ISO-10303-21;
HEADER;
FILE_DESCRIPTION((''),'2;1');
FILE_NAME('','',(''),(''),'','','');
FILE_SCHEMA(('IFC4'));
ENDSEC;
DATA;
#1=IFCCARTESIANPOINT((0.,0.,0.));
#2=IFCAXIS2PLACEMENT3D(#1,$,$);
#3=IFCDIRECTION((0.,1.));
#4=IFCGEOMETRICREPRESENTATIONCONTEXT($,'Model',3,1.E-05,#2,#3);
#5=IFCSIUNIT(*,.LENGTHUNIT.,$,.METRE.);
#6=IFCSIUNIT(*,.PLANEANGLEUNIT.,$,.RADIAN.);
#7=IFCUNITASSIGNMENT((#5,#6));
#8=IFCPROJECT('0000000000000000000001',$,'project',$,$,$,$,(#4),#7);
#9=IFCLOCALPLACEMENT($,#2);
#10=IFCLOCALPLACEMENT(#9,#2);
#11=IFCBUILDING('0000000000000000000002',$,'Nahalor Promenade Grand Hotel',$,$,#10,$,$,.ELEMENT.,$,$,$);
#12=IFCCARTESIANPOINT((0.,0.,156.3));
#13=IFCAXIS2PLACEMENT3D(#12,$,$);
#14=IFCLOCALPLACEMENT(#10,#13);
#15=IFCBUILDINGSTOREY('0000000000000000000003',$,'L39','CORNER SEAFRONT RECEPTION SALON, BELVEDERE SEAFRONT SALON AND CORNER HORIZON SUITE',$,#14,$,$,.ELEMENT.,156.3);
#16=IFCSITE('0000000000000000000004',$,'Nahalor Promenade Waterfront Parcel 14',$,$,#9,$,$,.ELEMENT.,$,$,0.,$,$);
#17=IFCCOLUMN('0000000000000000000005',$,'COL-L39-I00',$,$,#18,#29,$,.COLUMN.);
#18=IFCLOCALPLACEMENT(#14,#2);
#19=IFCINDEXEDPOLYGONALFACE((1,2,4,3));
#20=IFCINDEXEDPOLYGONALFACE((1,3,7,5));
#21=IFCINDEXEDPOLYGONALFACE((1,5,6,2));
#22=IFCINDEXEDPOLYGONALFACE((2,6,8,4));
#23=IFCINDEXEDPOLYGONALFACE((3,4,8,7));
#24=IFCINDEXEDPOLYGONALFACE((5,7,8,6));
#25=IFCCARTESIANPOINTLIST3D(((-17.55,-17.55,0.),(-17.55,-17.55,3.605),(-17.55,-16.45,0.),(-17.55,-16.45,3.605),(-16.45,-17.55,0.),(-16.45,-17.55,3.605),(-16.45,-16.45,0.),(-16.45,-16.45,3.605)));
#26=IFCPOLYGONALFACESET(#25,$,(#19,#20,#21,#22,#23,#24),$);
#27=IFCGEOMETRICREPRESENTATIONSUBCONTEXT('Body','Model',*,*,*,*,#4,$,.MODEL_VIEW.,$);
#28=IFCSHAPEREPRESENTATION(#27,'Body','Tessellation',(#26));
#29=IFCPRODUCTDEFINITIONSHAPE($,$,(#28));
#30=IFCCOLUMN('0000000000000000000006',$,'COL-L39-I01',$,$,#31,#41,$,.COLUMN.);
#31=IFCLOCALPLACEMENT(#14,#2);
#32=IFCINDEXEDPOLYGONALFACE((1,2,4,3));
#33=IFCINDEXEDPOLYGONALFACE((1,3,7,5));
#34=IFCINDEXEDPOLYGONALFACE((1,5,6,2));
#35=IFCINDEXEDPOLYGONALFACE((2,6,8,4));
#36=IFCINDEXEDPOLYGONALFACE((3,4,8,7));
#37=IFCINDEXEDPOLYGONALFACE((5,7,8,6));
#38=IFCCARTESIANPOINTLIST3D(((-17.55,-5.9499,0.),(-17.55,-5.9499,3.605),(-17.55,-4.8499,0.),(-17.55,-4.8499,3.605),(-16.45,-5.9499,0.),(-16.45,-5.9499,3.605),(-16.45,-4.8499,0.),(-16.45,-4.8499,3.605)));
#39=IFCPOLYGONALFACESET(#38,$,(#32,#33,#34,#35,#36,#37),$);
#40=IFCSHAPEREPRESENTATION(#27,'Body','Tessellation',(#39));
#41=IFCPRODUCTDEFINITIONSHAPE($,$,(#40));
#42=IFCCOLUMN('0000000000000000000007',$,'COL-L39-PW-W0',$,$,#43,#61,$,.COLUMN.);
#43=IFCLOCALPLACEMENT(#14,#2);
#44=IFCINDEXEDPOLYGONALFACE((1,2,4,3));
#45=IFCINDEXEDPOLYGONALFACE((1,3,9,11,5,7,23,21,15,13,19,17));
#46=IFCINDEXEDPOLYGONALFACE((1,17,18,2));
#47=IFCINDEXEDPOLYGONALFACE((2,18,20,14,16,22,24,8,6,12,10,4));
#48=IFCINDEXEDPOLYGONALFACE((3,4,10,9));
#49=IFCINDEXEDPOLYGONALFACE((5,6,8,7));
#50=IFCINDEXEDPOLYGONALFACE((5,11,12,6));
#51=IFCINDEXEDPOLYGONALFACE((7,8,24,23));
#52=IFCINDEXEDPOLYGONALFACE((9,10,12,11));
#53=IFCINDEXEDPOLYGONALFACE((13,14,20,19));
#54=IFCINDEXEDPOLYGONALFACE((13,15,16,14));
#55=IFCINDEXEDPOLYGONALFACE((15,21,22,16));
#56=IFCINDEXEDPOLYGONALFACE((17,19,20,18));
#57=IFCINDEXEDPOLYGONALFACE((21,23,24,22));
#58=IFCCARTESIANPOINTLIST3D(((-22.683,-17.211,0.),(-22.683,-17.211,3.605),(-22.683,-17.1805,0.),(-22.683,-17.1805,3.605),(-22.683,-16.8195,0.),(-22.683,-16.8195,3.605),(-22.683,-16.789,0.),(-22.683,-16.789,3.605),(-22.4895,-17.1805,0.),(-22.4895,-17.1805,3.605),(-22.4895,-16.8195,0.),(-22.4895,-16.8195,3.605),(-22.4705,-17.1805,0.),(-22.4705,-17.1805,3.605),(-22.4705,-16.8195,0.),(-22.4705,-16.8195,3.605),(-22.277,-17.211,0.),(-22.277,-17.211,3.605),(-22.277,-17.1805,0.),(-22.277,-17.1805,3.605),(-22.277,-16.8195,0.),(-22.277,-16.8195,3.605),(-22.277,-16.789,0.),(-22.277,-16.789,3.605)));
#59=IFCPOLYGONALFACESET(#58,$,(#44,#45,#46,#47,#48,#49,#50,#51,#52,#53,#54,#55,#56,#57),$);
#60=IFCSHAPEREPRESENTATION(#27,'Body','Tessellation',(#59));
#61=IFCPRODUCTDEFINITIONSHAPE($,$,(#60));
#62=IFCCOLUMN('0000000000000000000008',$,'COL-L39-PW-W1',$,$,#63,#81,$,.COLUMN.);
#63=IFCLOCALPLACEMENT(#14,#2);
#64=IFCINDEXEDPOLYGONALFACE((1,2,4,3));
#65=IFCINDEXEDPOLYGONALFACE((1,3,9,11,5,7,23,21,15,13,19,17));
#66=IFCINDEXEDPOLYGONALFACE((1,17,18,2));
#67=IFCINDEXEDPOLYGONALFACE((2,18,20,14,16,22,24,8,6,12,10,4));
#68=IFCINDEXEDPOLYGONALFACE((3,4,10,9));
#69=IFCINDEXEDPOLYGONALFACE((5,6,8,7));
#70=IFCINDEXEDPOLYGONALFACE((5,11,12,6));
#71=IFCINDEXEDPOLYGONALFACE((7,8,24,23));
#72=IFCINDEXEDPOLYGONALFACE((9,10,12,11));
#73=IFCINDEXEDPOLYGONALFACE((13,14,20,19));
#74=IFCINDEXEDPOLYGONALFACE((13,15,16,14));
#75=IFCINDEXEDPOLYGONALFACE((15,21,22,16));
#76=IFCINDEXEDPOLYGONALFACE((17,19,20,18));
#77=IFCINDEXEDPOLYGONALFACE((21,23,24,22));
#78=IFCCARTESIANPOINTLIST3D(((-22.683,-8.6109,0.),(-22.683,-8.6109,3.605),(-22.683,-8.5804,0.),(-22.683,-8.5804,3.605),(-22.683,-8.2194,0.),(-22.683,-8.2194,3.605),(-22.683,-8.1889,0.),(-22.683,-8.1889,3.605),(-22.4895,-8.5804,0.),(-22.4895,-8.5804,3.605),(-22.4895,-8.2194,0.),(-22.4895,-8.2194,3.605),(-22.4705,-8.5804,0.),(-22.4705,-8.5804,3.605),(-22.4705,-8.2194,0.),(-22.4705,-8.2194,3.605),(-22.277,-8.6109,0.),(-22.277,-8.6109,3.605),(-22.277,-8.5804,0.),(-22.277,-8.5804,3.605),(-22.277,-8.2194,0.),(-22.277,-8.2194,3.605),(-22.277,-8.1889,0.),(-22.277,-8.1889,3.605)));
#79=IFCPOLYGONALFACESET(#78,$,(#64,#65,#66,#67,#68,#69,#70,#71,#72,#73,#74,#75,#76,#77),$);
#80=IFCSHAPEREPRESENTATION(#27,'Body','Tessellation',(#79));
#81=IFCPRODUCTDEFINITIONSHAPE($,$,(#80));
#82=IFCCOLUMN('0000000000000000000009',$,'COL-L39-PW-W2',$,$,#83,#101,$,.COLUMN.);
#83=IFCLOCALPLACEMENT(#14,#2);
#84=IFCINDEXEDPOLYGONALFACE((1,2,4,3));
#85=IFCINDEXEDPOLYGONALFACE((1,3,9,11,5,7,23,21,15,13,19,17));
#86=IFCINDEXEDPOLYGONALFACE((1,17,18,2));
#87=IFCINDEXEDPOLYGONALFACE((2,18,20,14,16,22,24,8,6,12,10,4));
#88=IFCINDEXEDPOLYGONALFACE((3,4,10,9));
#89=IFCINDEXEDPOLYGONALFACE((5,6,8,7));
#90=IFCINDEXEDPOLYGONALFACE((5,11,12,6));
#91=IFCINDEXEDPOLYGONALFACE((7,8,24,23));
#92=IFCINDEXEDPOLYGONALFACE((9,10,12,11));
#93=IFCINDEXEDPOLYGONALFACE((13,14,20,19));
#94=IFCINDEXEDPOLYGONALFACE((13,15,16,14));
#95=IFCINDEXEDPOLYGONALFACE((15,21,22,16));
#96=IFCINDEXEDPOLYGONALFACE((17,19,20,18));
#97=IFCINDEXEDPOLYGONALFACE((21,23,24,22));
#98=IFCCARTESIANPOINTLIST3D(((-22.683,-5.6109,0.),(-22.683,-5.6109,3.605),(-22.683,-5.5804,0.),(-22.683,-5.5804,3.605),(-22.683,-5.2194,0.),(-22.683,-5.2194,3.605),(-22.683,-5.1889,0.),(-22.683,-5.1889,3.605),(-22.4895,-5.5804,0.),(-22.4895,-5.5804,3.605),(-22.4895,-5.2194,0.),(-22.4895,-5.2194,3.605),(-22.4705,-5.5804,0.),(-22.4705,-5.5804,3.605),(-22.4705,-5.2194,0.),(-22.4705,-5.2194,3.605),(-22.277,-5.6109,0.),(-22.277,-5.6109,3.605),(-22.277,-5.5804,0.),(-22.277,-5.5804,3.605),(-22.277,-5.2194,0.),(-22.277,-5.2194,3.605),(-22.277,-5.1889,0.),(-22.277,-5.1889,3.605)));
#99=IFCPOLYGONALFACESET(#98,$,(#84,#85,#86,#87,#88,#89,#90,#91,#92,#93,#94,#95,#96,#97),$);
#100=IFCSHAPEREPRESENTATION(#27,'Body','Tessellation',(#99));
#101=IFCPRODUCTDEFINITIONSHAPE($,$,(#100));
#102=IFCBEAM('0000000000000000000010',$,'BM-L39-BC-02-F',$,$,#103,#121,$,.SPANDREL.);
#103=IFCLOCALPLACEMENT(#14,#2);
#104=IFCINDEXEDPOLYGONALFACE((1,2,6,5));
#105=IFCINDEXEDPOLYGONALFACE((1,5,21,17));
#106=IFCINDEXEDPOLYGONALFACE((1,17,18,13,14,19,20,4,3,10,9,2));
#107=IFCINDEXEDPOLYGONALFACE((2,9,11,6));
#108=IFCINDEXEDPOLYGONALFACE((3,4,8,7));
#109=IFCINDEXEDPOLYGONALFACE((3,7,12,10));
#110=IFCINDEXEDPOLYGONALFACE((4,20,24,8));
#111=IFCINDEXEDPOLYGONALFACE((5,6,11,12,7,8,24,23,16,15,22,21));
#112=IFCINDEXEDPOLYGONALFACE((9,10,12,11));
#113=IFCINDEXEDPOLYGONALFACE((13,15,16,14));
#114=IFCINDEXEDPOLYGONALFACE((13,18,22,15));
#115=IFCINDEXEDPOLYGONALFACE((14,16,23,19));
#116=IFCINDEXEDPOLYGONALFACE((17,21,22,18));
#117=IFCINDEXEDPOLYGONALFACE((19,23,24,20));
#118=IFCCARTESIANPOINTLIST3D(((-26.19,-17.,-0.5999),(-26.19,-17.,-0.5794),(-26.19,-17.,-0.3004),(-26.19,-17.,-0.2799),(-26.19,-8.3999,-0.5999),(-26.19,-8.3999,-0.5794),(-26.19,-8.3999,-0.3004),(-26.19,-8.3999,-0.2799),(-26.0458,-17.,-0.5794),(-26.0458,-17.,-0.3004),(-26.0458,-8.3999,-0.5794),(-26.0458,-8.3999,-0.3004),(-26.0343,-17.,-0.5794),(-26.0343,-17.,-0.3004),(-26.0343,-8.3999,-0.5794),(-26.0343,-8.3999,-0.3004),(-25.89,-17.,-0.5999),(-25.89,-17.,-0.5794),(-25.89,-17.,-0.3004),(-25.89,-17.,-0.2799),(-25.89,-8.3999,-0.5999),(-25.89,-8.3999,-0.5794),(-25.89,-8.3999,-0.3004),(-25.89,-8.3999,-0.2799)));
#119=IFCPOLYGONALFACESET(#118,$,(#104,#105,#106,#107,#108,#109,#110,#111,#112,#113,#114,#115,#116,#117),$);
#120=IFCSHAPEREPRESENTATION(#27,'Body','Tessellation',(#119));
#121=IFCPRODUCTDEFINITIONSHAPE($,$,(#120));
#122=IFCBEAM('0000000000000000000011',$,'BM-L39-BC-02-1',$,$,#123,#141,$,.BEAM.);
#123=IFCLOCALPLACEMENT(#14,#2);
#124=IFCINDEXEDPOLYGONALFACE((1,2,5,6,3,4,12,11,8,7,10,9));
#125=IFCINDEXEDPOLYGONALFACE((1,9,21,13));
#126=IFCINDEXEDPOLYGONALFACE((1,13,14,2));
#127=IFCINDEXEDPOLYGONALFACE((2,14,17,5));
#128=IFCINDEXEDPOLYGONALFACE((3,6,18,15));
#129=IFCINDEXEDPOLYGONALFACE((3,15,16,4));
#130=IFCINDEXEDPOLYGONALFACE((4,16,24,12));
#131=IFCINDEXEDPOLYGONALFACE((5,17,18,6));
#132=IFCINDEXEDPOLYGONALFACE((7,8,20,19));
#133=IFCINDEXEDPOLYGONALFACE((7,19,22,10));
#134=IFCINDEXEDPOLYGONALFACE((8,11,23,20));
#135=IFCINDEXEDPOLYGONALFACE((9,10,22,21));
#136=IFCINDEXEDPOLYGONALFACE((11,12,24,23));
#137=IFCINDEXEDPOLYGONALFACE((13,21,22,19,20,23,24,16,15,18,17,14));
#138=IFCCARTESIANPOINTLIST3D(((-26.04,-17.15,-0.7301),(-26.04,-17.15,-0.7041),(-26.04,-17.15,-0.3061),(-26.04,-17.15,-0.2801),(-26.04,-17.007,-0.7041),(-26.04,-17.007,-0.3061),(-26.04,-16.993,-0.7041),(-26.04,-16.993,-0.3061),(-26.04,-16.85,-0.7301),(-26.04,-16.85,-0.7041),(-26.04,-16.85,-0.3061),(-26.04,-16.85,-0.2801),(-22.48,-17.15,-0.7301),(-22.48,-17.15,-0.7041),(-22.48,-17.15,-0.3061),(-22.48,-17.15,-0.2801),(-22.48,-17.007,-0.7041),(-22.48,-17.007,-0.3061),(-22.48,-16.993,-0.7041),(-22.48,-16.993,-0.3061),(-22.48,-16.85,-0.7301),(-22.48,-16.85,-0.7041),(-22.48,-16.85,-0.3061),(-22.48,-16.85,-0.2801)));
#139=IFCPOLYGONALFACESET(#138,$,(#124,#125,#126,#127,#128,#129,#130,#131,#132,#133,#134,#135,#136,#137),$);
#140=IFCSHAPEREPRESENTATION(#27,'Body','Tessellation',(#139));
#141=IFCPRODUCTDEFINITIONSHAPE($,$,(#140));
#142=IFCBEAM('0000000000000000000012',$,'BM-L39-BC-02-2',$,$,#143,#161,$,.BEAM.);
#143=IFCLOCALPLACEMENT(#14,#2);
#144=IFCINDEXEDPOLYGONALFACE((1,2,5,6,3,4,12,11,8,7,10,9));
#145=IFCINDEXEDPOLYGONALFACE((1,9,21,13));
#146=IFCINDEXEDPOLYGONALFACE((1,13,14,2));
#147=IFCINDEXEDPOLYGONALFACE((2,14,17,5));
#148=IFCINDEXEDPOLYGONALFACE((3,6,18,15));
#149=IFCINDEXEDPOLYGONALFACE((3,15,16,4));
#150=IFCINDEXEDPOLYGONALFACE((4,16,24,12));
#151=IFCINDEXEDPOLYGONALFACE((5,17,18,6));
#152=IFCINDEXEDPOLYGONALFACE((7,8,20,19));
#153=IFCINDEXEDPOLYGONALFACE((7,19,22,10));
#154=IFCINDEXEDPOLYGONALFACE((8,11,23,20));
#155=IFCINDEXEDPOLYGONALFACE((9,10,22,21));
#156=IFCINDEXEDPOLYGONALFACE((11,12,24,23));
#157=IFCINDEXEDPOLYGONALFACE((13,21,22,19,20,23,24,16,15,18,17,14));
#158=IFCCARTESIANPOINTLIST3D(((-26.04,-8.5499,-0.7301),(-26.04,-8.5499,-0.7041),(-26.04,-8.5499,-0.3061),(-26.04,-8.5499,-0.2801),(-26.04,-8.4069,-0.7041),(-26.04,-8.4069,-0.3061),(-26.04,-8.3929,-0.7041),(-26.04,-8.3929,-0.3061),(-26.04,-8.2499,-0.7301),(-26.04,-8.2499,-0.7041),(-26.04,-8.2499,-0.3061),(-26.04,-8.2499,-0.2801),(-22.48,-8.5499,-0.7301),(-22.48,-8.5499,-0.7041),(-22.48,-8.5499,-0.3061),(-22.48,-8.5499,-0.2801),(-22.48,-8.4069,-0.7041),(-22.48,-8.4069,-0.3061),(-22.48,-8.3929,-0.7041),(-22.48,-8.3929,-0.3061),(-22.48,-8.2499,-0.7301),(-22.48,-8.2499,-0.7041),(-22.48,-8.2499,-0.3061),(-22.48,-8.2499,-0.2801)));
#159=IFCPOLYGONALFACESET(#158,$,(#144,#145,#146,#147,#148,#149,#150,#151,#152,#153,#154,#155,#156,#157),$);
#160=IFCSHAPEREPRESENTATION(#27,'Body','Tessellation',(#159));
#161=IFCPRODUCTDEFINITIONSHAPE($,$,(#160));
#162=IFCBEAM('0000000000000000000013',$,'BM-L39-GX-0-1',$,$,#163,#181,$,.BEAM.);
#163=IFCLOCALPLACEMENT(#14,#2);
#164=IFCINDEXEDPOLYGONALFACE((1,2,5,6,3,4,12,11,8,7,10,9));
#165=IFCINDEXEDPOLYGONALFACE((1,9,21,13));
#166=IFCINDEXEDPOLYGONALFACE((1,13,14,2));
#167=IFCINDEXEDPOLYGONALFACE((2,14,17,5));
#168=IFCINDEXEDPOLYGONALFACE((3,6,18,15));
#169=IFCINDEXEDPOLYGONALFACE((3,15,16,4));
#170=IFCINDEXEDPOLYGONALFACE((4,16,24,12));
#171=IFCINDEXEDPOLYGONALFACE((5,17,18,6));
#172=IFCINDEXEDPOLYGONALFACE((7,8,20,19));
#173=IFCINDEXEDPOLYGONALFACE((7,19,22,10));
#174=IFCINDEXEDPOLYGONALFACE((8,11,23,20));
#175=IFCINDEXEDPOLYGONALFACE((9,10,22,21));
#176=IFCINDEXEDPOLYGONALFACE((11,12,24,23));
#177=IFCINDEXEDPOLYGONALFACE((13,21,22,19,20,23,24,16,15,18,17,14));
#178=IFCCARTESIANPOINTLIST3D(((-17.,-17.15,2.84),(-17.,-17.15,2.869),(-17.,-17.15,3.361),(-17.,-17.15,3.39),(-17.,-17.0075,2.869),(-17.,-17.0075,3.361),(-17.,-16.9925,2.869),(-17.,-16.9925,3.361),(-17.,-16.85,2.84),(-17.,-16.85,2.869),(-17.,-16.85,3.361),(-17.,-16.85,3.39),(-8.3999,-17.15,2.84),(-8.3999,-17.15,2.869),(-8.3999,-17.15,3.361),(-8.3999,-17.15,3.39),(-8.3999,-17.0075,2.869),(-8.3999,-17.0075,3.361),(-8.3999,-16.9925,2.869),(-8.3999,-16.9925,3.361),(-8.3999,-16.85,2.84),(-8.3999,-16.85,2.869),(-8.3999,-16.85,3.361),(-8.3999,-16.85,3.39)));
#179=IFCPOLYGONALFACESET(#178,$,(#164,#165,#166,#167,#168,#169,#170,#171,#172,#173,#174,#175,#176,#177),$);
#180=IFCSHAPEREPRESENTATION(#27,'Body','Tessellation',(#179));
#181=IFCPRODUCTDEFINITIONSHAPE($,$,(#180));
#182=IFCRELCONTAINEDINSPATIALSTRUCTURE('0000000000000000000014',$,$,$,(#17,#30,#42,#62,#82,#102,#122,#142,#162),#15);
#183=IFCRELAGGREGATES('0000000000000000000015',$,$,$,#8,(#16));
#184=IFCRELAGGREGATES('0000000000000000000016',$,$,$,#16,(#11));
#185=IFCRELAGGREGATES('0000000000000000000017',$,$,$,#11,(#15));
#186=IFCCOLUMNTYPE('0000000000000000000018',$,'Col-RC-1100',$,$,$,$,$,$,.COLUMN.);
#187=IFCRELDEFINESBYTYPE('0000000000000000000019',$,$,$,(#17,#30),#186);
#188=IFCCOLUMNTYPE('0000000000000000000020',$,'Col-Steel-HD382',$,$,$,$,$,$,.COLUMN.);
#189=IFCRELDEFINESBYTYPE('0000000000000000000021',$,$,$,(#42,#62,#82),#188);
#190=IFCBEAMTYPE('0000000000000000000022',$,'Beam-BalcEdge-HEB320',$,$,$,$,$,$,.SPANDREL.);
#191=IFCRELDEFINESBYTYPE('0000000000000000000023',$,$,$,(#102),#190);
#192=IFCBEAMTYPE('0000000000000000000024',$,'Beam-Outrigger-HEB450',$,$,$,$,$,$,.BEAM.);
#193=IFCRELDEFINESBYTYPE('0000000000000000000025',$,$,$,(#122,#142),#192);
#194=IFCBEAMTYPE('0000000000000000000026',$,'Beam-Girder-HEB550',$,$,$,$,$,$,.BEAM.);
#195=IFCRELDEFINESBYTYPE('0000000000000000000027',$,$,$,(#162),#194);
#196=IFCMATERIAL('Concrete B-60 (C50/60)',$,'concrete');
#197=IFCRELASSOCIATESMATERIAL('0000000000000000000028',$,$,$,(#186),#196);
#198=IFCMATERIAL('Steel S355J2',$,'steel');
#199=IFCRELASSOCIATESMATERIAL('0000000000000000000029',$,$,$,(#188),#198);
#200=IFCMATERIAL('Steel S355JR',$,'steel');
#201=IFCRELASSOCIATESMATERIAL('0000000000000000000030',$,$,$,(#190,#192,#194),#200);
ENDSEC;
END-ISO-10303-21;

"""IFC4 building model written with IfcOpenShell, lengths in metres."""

from ifc_helpers import new_model, si_unit, direction, frame, origin, origin_2d, place, context, subcontext, project, spatial, rectangle, i_section, extrude, source, transform, mapped, material, material_profile, profile_set, type_object, element, save


model = new_model("IFC4")

# Units and contexts
model_context = context("Model", 3, precision=1e-05, world=origin(), true_north=direction((0.0, 1.0)))
body_context = subcontext(model_context, "Body", "Model", "MODEL_VIEW")
ifc_project = project(units=[si_unit("LENGTHUNIT", "METRE"), si_unit("PLANEANGLEUNIT", "RADIAN")], contexts=[model_context])

# Site, building, storey
site_placement = place(None, origin())
site = spatial("IfcSite", under=ifc_project, at=site_placement, Name="Nahalor Promenade Waterfront Parcel 14", CompositionType="ELEMENT", RefElevation=0.0)
building_placement = place(site_placement, origin())
building = spatial("IfcBuilding", under=site, at=building_placement, Name="Nahalor Promenade Grand Hotel", CompositionType="ELEMENT")
storey_placement = place(building_placement, frame((0.0, 0.0, 156.3)))
storey = spatial("IfcBuildingStorey", under=building, at=storey_placement, Name="L39", Description="CORNER SEAFRONT RECEPTION SALON, BELVEDERE SEAFRONT SALON AND CORNER HORIZON SUITE", CompositionType="ELEMENT", Elevation=156.3)

# Columns
ifc_material_1 = material(Name="Concrete B-60 (C50/60)", Category="concrete")
ifc_material_profile_1 = material_profile(ifc_material_1, rectangle(XDim=1.1, YDim=1.1, at=origin_2d()), Name="RC 1100x1100")
ifc_profile_set_1 = profile_set([ifc_material_profile_1], Name="Concrete B-60 (C50/60)")
column_type_1 = type_object("IfcColumnType", Name="Col-RC-1100", PredefinedType="COLUMN", material=ifc_profile_set_1)
shared_shape_1 = source(origin(), body_context, "Body", "SweptSolid", [
    extrude(rectangle(XDim=1.1, YDim=1.1, at=origin_2d()), origin(), (0.0, 0.0, 1.0), 3.605),
])
for number, where, z_axis, x_axis, name in (
    (1, (-17.0, -17.0, 0.0), (0.0, 0.0, 1.0), (1.0, 0.0, 0.0), "COL-L39-I00"),
    (2, (-17.0, -5.3999, 0.0), (0.0, 0.0, 1.0), (1.0, 0.0, 0.0), "COL-L39-I01"),
):
    element("IfcColumn", number, at=place(storey_placement, frame(where, z_axis=z_axis, x_axis=x_axis)), inside=storey, type_object=column_type_1, Name=name, PredefinedType="COLUMN", context=body_context, shape_type="MappedRepresentation", body=[
        mapped(shared_shape_1, transform((0.0, 0.0, 0.0), scale=1.0)),
    ])
ifc_material_2 = material(Name="Steel S355J2", Category="steel")
ifc_material_profile_2 = material_profile(ifc_material_2, i_section(OverallWidth=0.406, OverallDepth=0.422, WebThickness=0.019, FlangeThickness=0.0305, at=origin_2d()), Name="HD 400x382")
ifc_profile_set_2 = profile_set([ifc_material_profile_2], Name="Steel S355J2")
column_type_2 = type_object("IfcColumnType", Name="Col-Steel-HD382", PredefinedType="COLUMN", material=ifc_profile_set_2)
shared_shape_2 = source(origin(), body_context, "Body", "SweptSolid", [
    extrude(i_section(OverallWidth=0.406, OverallDepth=0.422, WebThickness=0.019, FlangeThickness=0.0305, at=origin_2d()), origin(), (0.0, 0.0, 1.0), 3.605),
])
for number, where, z_axis, x_axis, name in (
    (3, (-22.48, -17.0, 0.0), (0.0, 0.0, 1.0), (1.0, 0.0, 0.0), "COL-L39-PW-W0"),
    (4, (-22.48, -8.3999, 0.0), (0.0, 0.0, 1.0), (1.0, 0.0, 0.0), "COL-L39-PW-W1"),
    (5, (-22.48, -5.3999, 0.0), (0.0, 0.0, 1.0), (1.0, 0.0, 0.0), "COL-L39-PW-W2"),
):
    element("IfcColumn", number, at=place(storey_placement, frame(where, z_axis=z_axis, x_axis=x_axis)), inside=storey, type_object=column_type_2, Name=name, PredefinedType="COLUMN", context=body_context, shape_type="MappedRepresentation", body=[
        mapped(shared_shape_2, transform((0.0, 0.0, 0.0), scale=1.0)),
    ])

# Beams
ifc_material_3 = material(Name="Steel S355JR", Category="steel")
ifc_material_profile_3 = material_profile(ifc_material_3, i_section(OverallWidth=0.3, OverallDepth=0.32, WebThickness=0.0115, FlangeThickness=0.0205, at=origin_2d()), Name="HEB 320")
ifc_profile_set_3 = profile_set([ifc_material_profile_3], Name="Steel S355JR")
beam_type_1 = type_object("IfcBeamType", Name="Beam-BalcEdge-HEB320", PredefinedType="SPANDREL", material=ifc_profile_set_3)
shared_shape_3 = source(origin(), body_context, "Body", "SweptSolid", [
    extrude(i_section(OverallWidth=0.3, OverallDepth=0.32, WebThickness=0.0115, FlangeThickness=0.0205, at=origin_2d()), origin(), (0.0, 0.0, 1.0), 8.6001),
])
beam_1_placement = place(storey_placement, frame((-26.04, -17.0, -0.4399), z_axis=(0.0, 1.0, 0.0), x_axis=(-1.0, 0.0, 0.0)))
element("IfcBeam", 6, at=beam_1_placement, inside=storey, type_object=beam_type_1, Name="BM-L39-BC-02-F", PredefinedType="SPANDREL", context=body_context, shape_type="MappedRepresentation", body=[
    mapped(shared_shape_3, transform((0.0, 0.0, 0.0), scale=1.0)),
])
ifc_material_profile_4 = material_profile(ifc_material_3, i_section(OverallWidth=0.3, OverallDepth=0.45, WebThickness=0.014, FlangeThickness=0.026, at=origin_2d()), Name="HEB 450")
ifc_profile_set_4 = profile_set([ifc_material_profile_4], Name="Steel S355JR")
beam_type_2 = type_object("IfcBeamType", Name="Beam-Outrigger-HEB450", PredefinedType="BEAM", material=ifc_profile_set_4)
shared_shape_4 = source(origin(), body_context, "Body", "SweptSolid", [
    extrude(i_section(OverallWidth=0.3, OverallDepth=0.45, WebThickness=0.014, FlangeThickness=0.026, at=origin_2d()), origin(), (0.0, 0.0, 1.0), 3.5601),
])
for number, where, z_axis, x_axis, name in (
    (7, (-26.04, -17.0, -0.5051), (1.0, 0.0, 0.0), (0.0, 1.0, 0.0), "BM-L39-BC-02-1"),
    (8, (-26.04, -8.3999, -0.5051), (1.0, 0.0, 0.0), (0.0, 1.0, 0.0), "BM-L39-BC-02-2"),
):
    element("IfcBeam", number, at=place(storey_placement, frame(where, z_axis=z_axis, x_axis=x_axis)), inside=storey, type_object=beam_type_2, Name=name, PredefinedType="BEAM", context=body_context, shape_type="MappedRepresentation", body=[
        mapped(shared_shape_4, transform((0.0, 0.0, 0.0), scale=1.0)),
    ])
ifc_material_profile_5 = material_profile(ifc_material_3, i_section(OverallWidth=0.3, OverallDepth=0.55, WebThickness=0.015, FlangeThickness=0.029, at=origin_2d()), Name="HEB 550")
ifc_profile_set_5 = profile_set([ifc_material_profile_5], Name="Steel S355JR")
beam_type_3 = type_object("IfcBeamType", Name="Beam-Girder-HEB550", PredefinedType="BEAM", material=ifc_profile_set_5)
shared_shape_5 = source(origin(), body_context, "Body", "SweptSolid", [
    extrude(i_section(OverallWidth=0.3, OverallDepth=0.55, WebThickness=0.015, FlangeThickness=0.029, at=origin_2d()), origin(), (0.0, 0.0, 1.0), 8.6001),
])
for number, where, z_axis, x_axis, name in (
    (9, (-17.0, -17.0, 3.115), (1.0, 0.0, 0.0), (0.0, 1.0, 0.0), "BM-L39-GX-0-1"),
):
    element("IfcBeam", number, at=place(storey_placement, frame(where, z_axis=z_axis, x_axis=x_axis)), inside=storey, type_object=beam_type_3, Name=name, PredefinedType="BEAM", context=body_context, shape_type="MappedRepresentation", body=[
        mapped(shared_shape_5, transform((0.0, 0.0, 0.0), scale=1.0)),
    ])

save(model, "model.ifc")
